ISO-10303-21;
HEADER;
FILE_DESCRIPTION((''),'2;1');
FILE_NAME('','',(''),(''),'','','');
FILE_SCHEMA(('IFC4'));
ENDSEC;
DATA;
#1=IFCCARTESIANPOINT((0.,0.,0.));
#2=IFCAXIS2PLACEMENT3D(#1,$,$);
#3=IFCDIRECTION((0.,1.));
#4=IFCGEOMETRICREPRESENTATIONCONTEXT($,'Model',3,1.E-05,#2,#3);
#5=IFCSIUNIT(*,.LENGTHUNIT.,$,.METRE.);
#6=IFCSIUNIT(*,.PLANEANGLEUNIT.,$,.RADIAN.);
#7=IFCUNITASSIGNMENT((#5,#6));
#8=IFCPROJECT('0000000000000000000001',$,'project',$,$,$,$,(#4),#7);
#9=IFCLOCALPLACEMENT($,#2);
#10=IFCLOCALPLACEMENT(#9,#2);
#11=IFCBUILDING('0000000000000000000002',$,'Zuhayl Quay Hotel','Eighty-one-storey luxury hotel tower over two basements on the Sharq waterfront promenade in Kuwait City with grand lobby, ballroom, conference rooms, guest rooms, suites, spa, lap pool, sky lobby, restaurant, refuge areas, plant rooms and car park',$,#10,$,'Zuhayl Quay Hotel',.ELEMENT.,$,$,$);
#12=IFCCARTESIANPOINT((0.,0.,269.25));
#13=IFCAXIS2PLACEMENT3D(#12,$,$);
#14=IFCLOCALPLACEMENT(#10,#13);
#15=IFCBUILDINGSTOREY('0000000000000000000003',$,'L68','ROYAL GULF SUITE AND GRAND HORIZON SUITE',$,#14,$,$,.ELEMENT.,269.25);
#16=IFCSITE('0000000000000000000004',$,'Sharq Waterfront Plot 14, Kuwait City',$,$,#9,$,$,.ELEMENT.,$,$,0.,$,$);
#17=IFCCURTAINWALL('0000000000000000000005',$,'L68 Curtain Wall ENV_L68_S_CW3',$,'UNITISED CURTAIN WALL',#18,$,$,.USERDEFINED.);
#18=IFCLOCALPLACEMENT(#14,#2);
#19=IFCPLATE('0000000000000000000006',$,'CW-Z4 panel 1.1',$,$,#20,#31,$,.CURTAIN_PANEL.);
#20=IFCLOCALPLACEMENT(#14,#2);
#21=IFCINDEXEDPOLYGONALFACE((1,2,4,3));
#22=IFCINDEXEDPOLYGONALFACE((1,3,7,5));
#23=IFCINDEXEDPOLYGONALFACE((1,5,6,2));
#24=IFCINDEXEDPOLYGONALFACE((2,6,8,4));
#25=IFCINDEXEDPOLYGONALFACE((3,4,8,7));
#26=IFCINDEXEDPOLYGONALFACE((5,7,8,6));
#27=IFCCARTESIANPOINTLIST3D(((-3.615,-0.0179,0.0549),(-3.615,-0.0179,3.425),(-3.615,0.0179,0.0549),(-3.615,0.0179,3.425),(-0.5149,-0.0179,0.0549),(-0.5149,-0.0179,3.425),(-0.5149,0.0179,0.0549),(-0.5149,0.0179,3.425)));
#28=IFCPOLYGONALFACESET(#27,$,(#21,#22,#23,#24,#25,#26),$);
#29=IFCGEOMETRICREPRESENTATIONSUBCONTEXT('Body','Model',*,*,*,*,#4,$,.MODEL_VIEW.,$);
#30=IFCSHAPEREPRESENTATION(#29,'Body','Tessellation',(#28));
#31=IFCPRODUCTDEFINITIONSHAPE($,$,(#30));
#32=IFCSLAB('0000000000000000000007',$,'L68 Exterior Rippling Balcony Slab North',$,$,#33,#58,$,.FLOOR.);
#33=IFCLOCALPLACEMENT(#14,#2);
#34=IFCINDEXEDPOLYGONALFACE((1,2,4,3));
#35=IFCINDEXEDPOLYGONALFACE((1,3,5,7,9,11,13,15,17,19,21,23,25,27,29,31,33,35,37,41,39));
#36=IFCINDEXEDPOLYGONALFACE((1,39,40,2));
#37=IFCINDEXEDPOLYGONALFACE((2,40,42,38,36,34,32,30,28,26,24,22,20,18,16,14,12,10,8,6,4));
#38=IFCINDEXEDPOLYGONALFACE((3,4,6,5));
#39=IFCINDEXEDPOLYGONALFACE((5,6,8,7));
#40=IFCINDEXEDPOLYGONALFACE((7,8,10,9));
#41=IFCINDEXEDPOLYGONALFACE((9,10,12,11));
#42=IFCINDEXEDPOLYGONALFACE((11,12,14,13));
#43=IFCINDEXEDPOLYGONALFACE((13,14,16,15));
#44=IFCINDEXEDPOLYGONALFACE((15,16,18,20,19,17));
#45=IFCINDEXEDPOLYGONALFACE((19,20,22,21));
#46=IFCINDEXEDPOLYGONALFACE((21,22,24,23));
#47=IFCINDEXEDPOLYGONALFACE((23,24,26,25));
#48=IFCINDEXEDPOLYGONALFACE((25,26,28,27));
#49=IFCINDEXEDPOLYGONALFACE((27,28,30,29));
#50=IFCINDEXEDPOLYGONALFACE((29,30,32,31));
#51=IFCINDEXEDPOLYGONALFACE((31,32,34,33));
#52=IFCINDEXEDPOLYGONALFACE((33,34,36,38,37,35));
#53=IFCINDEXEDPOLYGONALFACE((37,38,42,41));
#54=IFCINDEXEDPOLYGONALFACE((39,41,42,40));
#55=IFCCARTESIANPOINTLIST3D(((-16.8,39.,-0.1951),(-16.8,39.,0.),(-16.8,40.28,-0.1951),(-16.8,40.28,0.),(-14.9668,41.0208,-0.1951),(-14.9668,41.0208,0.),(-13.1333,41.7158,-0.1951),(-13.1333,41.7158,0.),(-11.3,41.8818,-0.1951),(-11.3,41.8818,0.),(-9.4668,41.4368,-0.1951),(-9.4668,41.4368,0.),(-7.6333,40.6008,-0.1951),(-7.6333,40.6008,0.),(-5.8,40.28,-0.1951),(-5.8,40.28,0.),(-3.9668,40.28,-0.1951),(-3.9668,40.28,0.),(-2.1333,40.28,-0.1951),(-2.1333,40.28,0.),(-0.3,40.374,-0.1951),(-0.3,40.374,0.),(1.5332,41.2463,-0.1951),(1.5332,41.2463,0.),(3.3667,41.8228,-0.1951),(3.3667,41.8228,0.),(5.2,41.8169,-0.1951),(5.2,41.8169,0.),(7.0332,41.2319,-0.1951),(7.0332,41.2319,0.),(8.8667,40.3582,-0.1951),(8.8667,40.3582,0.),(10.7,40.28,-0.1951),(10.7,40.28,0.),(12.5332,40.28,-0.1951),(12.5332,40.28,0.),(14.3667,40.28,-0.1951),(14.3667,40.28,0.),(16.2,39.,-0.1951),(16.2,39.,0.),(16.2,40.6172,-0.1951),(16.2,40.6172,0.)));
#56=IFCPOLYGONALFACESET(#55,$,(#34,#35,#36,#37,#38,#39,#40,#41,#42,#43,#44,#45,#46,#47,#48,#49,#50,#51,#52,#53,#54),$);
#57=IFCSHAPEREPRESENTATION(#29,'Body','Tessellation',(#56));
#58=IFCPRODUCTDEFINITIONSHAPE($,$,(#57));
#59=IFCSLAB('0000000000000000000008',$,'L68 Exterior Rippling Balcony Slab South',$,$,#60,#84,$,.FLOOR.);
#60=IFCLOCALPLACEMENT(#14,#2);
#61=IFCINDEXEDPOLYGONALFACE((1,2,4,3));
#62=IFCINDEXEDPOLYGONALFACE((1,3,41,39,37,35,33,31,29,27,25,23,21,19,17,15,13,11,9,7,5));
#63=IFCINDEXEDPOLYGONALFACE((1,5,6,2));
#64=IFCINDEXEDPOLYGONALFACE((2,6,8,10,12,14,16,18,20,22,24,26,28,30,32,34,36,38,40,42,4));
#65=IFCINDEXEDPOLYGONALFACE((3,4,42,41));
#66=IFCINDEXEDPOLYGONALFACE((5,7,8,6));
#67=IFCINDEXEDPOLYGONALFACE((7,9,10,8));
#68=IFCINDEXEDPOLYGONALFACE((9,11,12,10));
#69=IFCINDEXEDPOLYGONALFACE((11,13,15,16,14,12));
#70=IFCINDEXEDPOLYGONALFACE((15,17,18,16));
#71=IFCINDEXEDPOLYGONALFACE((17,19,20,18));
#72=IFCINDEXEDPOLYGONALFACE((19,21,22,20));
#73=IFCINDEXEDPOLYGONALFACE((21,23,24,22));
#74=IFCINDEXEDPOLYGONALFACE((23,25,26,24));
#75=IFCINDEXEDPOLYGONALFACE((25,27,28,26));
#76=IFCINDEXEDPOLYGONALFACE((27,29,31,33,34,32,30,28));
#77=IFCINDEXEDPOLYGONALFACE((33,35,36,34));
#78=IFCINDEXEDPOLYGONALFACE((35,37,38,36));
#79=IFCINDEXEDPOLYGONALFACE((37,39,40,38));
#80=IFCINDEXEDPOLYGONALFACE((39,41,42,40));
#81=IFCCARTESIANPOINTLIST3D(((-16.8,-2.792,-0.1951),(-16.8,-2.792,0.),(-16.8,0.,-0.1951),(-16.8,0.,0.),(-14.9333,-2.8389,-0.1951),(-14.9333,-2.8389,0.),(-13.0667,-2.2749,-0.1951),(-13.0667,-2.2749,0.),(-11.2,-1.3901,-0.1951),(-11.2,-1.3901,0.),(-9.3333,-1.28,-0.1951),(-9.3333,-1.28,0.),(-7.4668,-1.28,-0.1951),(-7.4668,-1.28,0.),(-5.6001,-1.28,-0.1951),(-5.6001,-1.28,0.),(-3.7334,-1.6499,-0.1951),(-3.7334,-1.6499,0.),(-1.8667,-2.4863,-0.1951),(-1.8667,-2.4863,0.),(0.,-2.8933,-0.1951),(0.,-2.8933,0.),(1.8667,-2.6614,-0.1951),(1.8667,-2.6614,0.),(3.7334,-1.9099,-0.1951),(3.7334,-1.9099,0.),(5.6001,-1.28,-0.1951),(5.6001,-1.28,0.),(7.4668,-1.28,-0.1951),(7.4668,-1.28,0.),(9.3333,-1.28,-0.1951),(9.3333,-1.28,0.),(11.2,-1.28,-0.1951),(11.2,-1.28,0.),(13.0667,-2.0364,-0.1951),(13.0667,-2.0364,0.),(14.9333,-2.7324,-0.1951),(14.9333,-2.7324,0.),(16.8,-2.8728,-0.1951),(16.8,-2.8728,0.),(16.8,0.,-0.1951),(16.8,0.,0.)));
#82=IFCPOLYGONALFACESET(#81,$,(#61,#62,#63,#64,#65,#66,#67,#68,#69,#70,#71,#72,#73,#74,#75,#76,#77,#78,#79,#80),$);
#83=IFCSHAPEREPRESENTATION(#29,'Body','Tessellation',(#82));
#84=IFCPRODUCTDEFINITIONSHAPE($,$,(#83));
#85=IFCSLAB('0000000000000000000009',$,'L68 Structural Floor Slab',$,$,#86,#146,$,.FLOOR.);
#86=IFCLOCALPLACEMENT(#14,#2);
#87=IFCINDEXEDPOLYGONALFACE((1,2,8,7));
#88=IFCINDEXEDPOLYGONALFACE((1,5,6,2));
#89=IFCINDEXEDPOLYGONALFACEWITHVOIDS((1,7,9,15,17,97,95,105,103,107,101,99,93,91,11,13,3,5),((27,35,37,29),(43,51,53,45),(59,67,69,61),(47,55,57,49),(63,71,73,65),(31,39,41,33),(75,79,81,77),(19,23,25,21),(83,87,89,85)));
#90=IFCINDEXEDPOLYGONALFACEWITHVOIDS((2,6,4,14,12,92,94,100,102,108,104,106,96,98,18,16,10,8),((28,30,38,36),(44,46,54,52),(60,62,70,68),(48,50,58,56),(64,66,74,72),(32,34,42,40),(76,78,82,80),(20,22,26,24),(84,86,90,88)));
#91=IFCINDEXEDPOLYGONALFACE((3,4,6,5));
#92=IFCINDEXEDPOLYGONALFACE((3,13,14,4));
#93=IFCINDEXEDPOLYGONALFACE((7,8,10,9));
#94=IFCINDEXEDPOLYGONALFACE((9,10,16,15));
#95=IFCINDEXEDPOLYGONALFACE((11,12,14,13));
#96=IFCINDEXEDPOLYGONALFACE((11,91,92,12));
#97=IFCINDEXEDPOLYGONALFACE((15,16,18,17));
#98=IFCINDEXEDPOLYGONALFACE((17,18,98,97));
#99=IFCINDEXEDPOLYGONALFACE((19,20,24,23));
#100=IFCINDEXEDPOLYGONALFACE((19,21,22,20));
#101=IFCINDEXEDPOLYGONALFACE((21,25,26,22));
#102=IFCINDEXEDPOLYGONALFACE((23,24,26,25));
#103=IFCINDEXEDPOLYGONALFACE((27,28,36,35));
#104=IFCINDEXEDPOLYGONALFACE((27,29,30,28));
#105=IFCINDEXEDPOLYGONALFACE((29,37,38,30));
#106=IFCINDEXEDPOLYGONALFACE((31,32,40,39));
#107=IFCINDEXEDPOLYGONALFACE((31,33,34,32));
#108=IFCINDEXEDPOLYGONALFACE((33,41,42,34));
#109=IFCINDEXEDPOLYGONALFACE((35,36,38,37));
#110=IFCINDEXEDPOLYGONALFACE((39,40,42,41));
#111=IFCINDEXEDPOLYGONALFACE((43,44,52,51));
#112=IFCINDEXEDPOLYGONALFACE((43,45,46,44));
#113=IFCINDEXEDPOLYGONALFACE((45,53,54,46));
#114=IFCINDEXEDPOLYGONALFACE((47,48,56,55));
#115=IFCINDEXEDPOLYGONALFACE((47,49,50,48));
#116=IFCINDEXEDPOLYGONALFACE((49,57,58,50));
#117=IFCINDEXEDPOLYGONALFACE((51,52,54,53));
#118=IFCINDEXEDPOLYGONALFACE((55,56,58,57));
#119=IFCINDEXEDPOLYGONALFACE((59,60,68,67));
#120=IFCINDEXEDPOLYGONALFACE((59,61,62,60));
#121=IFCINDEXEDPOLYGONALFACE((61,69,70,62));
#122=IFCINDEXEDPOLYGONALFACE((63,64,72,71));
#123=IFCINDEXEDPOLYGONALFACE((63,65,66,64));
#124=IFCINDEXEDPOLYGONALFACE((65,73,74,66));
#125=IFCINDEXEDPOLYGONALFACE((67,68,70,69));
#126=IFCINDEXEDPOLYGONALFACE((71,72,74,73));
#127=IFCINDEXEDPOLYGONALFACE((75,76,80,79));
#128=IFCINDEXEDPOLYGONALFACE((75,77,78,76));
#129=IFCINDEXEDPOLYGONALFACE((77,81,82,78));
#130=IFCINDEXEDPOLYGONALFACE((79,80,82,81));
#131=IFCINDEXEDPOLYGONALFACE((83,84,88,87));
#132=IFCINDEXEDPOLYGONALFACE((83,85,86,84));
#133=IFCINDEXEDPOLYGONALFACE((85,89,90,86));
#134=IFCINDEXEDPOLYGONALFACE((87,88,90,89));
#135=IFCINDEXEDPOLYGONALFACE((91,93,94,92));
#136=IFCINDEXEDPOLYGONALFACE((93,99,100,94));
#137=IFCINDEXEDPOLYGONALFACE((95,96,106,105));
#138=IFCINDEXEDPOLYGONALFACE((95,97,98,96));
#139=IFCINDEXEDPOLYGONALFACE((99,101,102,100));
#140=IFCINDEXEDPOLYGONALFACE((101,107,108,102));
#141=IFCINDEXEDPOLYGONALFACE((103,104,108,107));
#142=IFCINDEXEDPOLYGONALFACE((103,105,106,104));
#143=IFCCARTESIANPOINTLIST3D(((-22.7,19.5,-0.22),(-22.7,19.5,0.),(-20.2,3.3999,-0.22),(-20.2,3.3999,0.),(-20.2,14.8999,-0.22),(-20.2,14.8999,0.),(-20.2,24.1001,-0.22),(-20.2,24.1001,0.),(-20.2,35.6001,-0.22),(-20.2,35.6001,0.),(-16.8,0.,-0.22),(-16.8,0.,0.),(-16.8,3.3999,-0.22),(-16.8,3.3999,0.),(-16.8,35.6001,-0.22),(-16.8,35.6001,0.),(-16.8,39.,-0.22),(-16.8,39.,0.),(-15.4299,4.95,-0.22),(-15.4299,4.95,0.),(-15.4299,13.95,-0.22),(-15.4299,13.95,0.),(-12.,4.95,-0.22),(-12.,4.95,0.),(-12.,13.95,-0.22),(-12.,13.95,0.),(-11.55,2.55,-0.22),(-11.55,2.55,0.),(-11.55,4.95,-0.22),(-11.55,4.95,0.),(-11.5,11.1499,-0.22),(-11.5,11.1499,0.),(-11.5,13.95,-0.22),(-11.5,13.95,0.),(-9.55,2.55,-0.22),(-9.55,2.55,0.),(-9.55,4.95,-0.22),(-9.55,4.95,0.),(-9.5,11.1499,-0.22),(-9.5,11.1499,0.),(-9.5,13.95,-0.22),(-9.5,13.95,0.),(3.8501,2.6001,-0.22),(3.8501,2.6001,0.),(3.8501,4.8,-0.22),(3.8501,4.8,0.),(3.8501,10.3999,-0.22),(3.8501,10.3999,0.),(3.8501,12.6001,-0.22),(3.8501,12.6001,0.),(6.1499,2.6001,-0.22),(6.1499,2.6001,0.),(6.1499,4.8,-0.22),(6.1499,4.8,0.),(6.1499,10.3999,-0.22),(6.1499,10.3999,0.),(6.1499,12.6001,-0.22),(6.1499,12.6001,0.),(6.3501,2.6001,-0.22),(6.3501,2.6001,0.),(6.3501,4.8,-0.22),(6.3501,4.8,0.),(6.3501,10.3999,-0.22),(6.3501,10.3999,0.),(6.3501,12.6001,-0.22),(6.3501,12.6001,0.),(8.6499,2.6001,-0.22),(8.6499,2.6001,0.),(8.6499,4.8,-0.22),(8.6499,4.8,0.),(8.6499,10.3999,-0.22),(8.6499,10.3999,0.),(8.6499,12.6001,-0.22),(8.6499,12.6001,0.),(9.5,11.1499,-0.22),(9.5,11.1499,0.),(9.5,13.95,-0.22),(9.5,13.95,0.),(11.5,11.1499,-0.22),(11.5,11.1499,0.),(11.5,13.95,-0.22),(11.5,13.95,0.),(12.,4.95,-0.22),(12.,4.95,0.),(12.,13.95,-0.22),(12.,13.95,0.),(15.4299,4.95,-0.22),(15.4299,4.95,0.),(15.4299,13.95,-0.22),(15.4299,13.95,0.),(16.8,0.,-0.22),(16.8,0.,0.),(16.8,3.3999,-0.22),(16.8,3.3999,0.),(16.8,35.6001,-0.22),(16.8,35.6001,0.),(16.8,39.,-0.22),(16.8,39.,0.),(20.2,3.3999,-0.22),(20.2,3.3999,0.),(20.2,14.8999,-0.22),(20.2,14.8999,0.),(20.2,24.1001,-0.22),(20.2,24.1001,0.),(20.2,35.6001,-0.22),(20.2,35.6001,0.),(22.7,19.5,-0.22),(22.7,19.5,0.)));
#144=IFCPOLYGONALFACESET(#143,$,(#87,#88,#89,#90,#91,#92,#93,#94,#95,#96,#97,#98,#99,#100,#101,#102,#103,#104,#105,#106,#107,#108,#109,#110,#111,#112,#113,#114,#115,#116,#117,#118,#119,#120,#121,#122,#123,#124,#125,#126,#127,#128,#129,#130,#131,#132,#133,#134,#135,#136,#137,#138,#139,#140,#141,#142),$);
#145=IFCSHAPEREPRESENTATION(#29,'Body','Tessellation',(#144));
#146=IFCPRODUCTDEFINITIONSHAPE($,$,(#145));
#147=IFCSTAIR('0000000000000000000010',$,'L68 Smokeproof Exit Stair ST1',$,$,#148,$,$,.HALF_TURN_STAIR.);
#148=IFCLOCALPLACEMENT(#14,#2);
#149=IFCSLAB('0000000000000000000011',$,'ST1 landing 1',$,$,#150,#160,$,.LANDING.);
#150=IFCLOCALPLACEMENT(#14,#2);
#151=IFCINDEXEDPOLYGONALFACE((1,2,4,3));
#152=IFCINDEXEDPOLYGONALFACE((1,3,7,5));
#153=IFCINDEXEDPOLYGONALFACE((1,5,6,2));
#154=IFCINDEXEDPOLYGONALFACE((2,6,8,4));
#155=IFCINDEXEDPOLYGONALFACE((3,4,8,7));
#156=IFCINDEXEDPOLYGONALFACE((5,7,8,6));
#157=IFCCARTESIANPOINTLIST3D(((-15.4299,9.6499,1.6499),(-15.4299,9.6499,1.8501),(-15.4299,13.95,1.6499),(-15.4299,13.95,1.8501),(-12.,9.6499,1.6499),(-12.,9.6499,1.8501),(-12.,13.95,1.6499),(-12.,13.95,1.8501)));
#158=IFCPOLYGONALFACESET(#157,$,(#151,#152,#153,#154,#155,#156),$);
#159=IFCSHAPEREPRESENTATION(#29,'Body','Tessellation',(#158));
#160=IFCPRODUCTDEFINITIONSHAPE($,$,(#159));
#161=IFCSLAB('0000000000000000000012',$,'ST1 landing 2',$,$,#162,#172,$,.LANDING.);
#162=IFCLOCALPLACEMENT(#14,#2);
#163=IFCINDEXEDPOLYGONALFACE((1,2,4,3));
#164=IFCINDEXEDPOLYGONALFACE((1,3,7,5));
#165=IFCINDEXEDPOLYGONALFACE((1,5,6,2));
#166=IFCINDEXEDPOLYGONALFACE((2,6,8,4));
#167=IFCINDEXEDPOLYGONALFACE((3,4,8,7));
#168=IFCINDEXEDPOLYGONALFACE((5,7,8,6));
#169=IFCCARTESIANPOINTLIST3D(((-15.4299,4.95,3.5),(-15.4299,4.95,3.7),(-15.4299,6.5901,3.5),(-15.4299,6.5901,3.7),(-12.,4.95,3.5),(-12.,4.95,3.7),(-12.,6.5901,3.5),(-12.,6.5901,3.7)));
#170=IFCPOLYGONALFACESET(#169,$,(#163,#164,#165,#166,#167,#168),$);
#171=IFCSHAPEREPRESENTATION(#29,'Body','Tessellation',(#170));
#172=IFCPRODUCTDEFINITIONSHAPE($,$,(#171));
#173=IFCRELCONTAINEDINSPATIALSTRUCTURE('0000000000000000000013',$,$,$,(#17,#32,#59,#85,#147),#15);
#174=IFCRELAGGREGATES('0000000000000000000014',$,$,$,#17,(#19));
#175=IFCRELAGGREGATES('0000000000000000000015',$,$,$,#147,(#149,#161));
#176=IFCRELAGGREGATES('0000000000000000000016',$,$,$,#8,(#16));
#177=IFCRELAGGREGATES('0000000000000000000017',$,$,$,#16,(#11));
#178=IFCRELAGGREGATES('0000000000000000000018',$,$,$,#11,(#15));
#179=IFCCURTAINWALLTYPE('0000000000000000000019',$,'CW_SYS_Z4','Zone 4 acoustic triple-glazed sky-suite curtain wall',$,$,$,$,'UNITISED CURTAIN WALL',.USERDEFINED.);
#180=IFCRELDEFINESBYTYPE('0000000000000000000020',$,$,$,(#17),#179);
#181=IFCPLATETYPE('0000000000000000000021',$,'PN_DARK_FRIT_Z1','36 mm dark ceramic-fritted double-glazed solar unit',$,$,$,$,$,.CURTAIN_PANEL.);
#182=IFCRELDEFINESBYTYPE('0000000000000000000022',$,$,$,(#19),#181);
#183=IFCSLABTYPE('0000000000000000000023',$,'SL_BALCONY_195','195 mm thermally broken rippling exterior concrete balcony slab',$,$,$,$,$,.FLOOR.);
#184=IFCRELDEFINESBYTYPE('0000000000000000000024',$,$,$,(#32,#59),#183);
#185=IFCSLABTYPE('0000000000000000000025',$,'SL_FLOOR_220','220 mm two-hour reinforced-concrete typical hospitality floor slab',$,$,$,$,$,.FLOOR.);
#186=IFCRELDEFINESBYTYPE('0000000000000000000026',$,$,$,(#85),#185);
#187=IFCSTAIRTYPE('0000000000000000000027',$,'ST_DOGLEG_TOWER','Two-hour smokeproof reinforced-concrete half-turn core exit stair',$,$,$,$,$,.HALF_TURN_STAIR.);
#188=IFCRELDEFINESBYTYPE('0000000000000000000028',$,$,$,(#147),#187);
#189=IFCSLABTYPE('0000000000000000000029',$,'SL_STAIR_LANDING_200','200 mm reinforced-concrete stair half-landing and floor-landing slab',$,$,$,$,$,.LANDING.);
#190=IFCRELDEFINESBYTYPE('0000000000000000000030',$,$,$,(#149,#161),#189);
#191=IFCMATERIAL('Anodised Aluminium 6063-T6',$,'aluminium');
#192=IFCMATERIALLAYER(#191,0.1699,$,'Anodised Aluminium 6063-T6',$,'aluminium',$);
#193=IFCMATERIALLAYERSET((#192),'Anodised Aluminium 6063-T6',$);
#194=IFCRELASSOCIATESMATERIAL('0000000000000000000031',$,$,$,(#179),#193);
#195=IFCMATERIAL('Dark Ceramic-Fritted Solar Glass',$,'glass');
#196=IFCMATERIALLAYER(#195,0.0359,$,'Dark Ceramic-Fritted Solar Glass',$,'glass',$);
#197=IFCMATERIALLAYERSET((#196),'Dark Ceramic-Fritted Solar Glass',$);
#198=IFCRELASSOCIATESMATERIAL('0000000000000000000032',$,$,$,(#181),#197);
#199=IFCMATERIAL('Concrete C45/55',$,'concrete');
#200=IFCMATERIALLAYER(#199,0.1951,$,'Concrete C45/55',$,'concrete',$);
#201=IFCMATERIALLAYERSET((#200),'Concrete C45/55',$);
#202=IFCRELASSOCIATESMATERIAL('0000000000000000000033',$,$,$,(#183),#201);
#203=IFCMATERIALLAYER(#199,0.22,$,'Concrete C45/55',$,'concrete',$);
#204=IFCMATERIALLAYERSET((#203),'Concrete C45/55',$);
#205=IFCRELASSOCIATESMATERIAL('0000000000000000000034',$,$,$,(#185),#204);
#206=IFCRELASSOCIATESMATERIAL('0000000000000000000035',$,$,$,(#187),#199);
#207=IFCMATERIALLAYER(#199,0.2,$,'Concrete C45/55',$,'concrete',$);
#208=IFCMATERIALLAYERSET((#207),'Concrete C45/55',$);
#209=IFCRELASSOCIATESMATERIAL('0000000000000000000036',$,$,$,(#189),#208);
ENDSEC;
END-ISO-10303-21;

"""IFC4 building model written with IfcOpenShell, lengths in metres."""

from ifc_helpers import new_model, si_unit, direction, frame, origin, origin_2d, place, context, subcontext, project, spatial, polyline, rectangle, outline, extrude, material, layer, layer_set, type_object, element, aggregate, save


model = new_model("IFC4")

# Units and contexts
model_context = context("Model", 3, precision=1e-05, world=origin(), true_north=direction((0.0, 1.0)))
body_context = subcontext(model_context, "Body", "Model", "MODEL_VIEW")
ifc_project = project(units=[si_unit("LENGTHUNIT", "METRE"), si_unit("PLANEANGLEUNIT", "RADIAN")], contexts=[model_context])

# Site, building, storey
site_placement = place(None, origin())
site = spatial("IfcSite", under=ifc_project, at=site_placement, Name="Sharq Waterfront Plot 14, Kuwait City", CompositionType="ELEMENT", RefElevation=0.0)
building_placement = place(site_placement, origin())
building = spatial("IfcBuilding", under=site, at=building_placement, Name="Zuhayl Quay Hotel", Description="Eighty-one-storey luxury hotel tower over two basements on the Sharq waterfront promenade in Kuwait City with grand lobby, ballroom, conference rooms, guest rooms, suites, spa, lap pool, sky lobby, restaurant, refuge areas, plant rooms and car park", LongName="Zuhayl Quay Hotel", CompositionType="ELEMENT")
storey_placement = place(building_placement, frame((0.0, 0.0, 269.25)))
storey = spatial("IfcBuildingStorey", under=building, at=storey_placement, Name="L68", Description="ROYAL GULF SUITE AND GRAND HORIZON SUITE", CompositionType="ELEMENT", Elevation=269.25)

# Curtain wall
ifc_material_1 = material(Name="Anodised Aluminium 6063-T6", Category="aluminium")
ifc_layer_1 = layer(ifc_material_1, 0.1699, Name="Anodised Aluminium 6063-T6", Category="aluminium")
ifc_layer_set_1 = layer_set([ifc_layer_1], Name="Anodised Aluminium 6063-T6")
curtain_wall_type = type_object("IfcCurtainWallType", Name="CW_SYS_Z4", Description="Zone 4 acoustic triple-glazed sky-suite curtain wall", ElementType="UNITISED CURTAIN WALL", PredefinedType="USERDEFINED", material=ifc_layer_set_1)
curtain_wall_1_placement = place(storey_placement, origin())
curtain_wall_1 = element("IfcCurtainWall", 1, at=curtain_wall_1_placement, inside=storey, type_object=curtain_wall_type, Name="L68 Curtain Wall ENV_L68_S_CW3", ObjectType="UNITISED CURTAIN WALL", PredefinedType="USERDEFINED")

# Plate
ifc_material_2 = material(Name="Dark Ceramic-Fritted Solar Glass", Category="glass")
ifc_layer_2 = layer(ifc_material_2, 0.0359, Name="Dark Ceramic-Fritted Solar Glass", Category="glass")
ifc_layer_set_2 = layer_set([ifc_layer_2], Name="Dark Ceramic-Fritted Solar Glass")
plate_type = type_object("IfcPlateType", Name="PN_DARK_FRIT_Z1", Description="36 mm dark ceramic-fritted double-glazed solar unit", PredefinedType="CURTAIN_PANEL", material=ifc_layer_set_2)
plate_placement = place(storey_placement, frame((-2.0649, 0.0, 0.0549), z_axis=(0.0, 0.0, 1.0), x_axis=(-1.0, 0.0, 0.0)))
plate = element("IfcPlate", 2, at=plate_placement, type_object=plate_type, Name="CW-Z4 panel 1.1", PredefinedType="CURTAIN_PANEL", context=body_context, shape_type="SweptSolid", body=[
    extrude(rectangle(XDim=3.1001, YDim=0.0359, at=origin_2d()), origin(), (0.0, 0.0, 1.0), 3.3701),
])
aggregate(curtain_wall_1, [plate])

# Slabs
ifc_material_3 = material(Name="Concrete C45/55", Category="concrete")
ifc_layer_3 = layer(ifc_material_3, 0.1951, Name="Concrete C45/55", Category="concrete")
ifc_layer_set_3 = layer_set([ifc_layer_3], Name="Concrete C45/55")
slab_type_1 = type_object("IfcSlabType", Name="SL_BALCONY_195", Description="195 mm thermally broken rippling exterior concrete balcony slab", PredefinedType="FLOOR", material=ifc_layer_set_3)
slab_1_placement = place(storey_placement, frame((0.0, 0.0, -0.1951)))
element("IfcSlab", 3, at=slab_1_placement, inside=storey, type_object=slab_type_1, Name="L68 Exterior Rippling Balcony Slab North", PredefinedType="FLOOR", context=body_context, shape_type="SweptSolid", body=[
    extrude(outline(polyline([(-16.8, 39.0), (16.2, 39.0), (16.2, 40.6172), (14.3667, 40.28), (12.5332, 40.28), (10.7, 40.28), (8.8667, 40.3582), (7.0332, 41.2319), (5.2, 41.8169), (3.3667, 41.8228), (1.5332, 41.2463), (-0.3, 40.374), (-2.1333, 40.28), (-3.9668, 40.28), (-5.8, 40.28), (-7.6333, 40.6008), (-9.4668, 41.4368), (-11.3, 41.8818), (-13.1333, 41.7158), (-14.9668, 41.0208), (-16.8, 40.28), (-16.8, 39.0)])), origin(), (0.0, 0.0, 1.0), 0.1951),
])
slab_2_placement = place(storey_placement, frame((0.0, 0.0, -0.1951)))
element("IfcSlab", 4, at=slab_2_placement, inside=storey, type_object=slab_type_1, Name="L68 Exterior Rippling Balcony Slab South", PredefinedType="FLOOR", context=body_context, shape_type="SweptSolid", body=[
    extrude(outline(polyline([(-16.8, -2.792), (-14.9333, -2.8389), (-13.0667, -2.2749), (-11.2, -1.3901), (-9.3333, -1.28), (-7.4668, -1.28), (-5.6001, -1.28), (-3.7334, -1.6499), (-1.8667, -2.4863), (0.0, -2.8933), (1.8667, -2.6614), (3.7334, -1.9099), (5.6001, -1.28), (7.4668, -1.28), (9.3333, -1.28), (11.2, -1.28), (13.0667, -2.0364), (14.9333, -2.7324), (16.8, -2.8728), (16.8, 0.0), (-16.8, 0.0), (-16.8, -2.792)])), origin(), (0.0, 0.0, 1.0), 0.1951),
])
ifc_layer_4 = layer(ifc_material_3, 0.22, Name="Concrete C45/55", Category="concrete")
ifc_layer_set_4 = layer_set([ifc_layer_4], Name="Concrete C45/55")
slab_type_2 = type_object("IfcSlabType", Name="SL_FLOOR_220", Description="220 mm two-hour reinforced-concrete typical hospitality floor slab", PredefinedType="FLOOR", material=ifc_layer_set_4)
slab_3_placement = place(storey_placement, frame((0.0, 0.0, -0.22)))
element("IfcSlab", 5, at=slab_3_placement, inside=storey, type_object=slab_type_2, Name="L68 Structural Floor Slab", PredefinedType="FLOOR", context=body_context, shape_type="SweptSolid", body=[
    extrude(outline(polyline([(-16.8, 0.0), (16.8, 0.0), (16.8, 3.3999), (20.2, 3.3999), (20.2, 14.8999), (22.7, 19.5), (20.2, 24.1001), (20.2, 35.6001), (16.8, 35.6001), (16.8, 39.0), (-16.8, 39.0), (-16.8, 35.6001), (-20.2, 35.6001), (-20.2, 24.1001), (-22.7, 19.5), (-20.2, 14.8999), (-20.2, 3.3999), (-16.8, 3.3999), (-16.8, 0.0)]), holes=[polyline([(-12.0, 4.95), (-12.0, 13.95), (-15.4299, 13.95), (-15.4299, 4.95), (-12.0, 4.95)]), polyline([(15.4299, 4.95), (15.4299, 13.95), (12.0, 13.95), (12.0, 4.95), (15.4299, 4.95)]), polyline([(-11.5, 11.1499), (-9.5, 11.1499), (-9.5, 13.95), (-11.5, 13.95), (-11.5, 11.1499)]), polyline([(9.5, 11.1499), (11.5, 11.1499), (11.5, 13.95), (9.5, 13.95), (9.5, 11.1499)]), polyline([(3.8501, 2.6001), (6.1499, 2.6001), (6.1499, 4.8), (3.8501, 4.8), (3.8501, 2.6001)]), polyline([(6.3501, 2.6001), (8.6499, 2.6001), (8.6499, 4.8), (6.3501, 4.8), (6.3501, 2.6001)]), polyline([(3.8501, 10.3999), (6.1499, 10.3999), (6.1499, 12.6001), (3.8501, 12.6001), (3.8501, 10.3999)]), polyline([(6.3501, 10.3999), (8.6499, 10.3999), (8.6499, 12.6001), (6.3501, 12.6001), (6.3501, 10.3999)]), polyline([(-11.55, 2.55), (-9.55, 2.55), (-9.55, 4.95), (-11.55, 4.95), (-11.55, 2.55)])]), origin(), (0.0, 0.0, 1.0), 0.22),
])

# Stair, slabs
stair_type = type_object("IfcStairType", Name="ST_DOGLEG_TOWER", Description="Two-hour smokeproof reinforced-concrete half-turn core exit stair", PredefinedType="HALF_TURN_STAIR", material=ifc_material_3)
stair_placement = place(storey_placement, origin())
stair = element("IfcStair", 6, at=stair_placement, inside=storey, type_object=stair_type, Name="L68 Smokeproof Exit Stair ST1", PredefinedType="HALF_TURN_STAIR")
ifc_layer_5 = layer(ifc_material_3, 0.2, Name="Concrete C45/55", Category="concrete")
ifc_layer_set_5 = layer_set([ifc_layer_5], Name="Concrete C45/55")
slab_type_3 = type_object("IfcSlabType", Name="SL_STAIR_LANDING_200", Description="200 mm reinforced-concrete stair half-landing and floor-landing slab", PredefinedType="LANDING", material=ifc_layer_set_5)
slab_4_placement = place(storey_placement, frame((0.0, 0.0, 1.6499)))
slab_4 = element("IfcSlab", 7, at=slab_4_placement, type_object=slab_type_3, Name="ST1 landing 1", PredefinedType="LANDING", context=body_context, shape_type="SweptSolid", body=[
    extrude(outline(polyline([(-12.0, 9.6499), (-12.0, 13.95), (-15.4299, 13.95), (-15.4299, 9.6499), (-12.0, 9.6499)])), origin(), (0.0, 0.0, 1.0), 0.2002),
])
slab_5_placement = place(storey_placement, frame((0.0, 0.0, 3.5)))
slab_5 = element("IfcSlab", 8, at=slab_5_placement, type_object=slab_type_3, Name="ST1 landing 2", PredefinedType="LANDING", context=body_context, shape_type="SweptSolid", body=[
    extrude(outline(polyline([(-12.0, 4.95), (-12.0, 6.5901), (-15.4299, 6.5901), (-15.4299, 4.95), (-12.0, 4.95)])), origin(), (0.0, 0.0, 1.0), 0.2),
])
aggregate(stair, [slab_4, slab_5])

save(model, "model.ifc")
